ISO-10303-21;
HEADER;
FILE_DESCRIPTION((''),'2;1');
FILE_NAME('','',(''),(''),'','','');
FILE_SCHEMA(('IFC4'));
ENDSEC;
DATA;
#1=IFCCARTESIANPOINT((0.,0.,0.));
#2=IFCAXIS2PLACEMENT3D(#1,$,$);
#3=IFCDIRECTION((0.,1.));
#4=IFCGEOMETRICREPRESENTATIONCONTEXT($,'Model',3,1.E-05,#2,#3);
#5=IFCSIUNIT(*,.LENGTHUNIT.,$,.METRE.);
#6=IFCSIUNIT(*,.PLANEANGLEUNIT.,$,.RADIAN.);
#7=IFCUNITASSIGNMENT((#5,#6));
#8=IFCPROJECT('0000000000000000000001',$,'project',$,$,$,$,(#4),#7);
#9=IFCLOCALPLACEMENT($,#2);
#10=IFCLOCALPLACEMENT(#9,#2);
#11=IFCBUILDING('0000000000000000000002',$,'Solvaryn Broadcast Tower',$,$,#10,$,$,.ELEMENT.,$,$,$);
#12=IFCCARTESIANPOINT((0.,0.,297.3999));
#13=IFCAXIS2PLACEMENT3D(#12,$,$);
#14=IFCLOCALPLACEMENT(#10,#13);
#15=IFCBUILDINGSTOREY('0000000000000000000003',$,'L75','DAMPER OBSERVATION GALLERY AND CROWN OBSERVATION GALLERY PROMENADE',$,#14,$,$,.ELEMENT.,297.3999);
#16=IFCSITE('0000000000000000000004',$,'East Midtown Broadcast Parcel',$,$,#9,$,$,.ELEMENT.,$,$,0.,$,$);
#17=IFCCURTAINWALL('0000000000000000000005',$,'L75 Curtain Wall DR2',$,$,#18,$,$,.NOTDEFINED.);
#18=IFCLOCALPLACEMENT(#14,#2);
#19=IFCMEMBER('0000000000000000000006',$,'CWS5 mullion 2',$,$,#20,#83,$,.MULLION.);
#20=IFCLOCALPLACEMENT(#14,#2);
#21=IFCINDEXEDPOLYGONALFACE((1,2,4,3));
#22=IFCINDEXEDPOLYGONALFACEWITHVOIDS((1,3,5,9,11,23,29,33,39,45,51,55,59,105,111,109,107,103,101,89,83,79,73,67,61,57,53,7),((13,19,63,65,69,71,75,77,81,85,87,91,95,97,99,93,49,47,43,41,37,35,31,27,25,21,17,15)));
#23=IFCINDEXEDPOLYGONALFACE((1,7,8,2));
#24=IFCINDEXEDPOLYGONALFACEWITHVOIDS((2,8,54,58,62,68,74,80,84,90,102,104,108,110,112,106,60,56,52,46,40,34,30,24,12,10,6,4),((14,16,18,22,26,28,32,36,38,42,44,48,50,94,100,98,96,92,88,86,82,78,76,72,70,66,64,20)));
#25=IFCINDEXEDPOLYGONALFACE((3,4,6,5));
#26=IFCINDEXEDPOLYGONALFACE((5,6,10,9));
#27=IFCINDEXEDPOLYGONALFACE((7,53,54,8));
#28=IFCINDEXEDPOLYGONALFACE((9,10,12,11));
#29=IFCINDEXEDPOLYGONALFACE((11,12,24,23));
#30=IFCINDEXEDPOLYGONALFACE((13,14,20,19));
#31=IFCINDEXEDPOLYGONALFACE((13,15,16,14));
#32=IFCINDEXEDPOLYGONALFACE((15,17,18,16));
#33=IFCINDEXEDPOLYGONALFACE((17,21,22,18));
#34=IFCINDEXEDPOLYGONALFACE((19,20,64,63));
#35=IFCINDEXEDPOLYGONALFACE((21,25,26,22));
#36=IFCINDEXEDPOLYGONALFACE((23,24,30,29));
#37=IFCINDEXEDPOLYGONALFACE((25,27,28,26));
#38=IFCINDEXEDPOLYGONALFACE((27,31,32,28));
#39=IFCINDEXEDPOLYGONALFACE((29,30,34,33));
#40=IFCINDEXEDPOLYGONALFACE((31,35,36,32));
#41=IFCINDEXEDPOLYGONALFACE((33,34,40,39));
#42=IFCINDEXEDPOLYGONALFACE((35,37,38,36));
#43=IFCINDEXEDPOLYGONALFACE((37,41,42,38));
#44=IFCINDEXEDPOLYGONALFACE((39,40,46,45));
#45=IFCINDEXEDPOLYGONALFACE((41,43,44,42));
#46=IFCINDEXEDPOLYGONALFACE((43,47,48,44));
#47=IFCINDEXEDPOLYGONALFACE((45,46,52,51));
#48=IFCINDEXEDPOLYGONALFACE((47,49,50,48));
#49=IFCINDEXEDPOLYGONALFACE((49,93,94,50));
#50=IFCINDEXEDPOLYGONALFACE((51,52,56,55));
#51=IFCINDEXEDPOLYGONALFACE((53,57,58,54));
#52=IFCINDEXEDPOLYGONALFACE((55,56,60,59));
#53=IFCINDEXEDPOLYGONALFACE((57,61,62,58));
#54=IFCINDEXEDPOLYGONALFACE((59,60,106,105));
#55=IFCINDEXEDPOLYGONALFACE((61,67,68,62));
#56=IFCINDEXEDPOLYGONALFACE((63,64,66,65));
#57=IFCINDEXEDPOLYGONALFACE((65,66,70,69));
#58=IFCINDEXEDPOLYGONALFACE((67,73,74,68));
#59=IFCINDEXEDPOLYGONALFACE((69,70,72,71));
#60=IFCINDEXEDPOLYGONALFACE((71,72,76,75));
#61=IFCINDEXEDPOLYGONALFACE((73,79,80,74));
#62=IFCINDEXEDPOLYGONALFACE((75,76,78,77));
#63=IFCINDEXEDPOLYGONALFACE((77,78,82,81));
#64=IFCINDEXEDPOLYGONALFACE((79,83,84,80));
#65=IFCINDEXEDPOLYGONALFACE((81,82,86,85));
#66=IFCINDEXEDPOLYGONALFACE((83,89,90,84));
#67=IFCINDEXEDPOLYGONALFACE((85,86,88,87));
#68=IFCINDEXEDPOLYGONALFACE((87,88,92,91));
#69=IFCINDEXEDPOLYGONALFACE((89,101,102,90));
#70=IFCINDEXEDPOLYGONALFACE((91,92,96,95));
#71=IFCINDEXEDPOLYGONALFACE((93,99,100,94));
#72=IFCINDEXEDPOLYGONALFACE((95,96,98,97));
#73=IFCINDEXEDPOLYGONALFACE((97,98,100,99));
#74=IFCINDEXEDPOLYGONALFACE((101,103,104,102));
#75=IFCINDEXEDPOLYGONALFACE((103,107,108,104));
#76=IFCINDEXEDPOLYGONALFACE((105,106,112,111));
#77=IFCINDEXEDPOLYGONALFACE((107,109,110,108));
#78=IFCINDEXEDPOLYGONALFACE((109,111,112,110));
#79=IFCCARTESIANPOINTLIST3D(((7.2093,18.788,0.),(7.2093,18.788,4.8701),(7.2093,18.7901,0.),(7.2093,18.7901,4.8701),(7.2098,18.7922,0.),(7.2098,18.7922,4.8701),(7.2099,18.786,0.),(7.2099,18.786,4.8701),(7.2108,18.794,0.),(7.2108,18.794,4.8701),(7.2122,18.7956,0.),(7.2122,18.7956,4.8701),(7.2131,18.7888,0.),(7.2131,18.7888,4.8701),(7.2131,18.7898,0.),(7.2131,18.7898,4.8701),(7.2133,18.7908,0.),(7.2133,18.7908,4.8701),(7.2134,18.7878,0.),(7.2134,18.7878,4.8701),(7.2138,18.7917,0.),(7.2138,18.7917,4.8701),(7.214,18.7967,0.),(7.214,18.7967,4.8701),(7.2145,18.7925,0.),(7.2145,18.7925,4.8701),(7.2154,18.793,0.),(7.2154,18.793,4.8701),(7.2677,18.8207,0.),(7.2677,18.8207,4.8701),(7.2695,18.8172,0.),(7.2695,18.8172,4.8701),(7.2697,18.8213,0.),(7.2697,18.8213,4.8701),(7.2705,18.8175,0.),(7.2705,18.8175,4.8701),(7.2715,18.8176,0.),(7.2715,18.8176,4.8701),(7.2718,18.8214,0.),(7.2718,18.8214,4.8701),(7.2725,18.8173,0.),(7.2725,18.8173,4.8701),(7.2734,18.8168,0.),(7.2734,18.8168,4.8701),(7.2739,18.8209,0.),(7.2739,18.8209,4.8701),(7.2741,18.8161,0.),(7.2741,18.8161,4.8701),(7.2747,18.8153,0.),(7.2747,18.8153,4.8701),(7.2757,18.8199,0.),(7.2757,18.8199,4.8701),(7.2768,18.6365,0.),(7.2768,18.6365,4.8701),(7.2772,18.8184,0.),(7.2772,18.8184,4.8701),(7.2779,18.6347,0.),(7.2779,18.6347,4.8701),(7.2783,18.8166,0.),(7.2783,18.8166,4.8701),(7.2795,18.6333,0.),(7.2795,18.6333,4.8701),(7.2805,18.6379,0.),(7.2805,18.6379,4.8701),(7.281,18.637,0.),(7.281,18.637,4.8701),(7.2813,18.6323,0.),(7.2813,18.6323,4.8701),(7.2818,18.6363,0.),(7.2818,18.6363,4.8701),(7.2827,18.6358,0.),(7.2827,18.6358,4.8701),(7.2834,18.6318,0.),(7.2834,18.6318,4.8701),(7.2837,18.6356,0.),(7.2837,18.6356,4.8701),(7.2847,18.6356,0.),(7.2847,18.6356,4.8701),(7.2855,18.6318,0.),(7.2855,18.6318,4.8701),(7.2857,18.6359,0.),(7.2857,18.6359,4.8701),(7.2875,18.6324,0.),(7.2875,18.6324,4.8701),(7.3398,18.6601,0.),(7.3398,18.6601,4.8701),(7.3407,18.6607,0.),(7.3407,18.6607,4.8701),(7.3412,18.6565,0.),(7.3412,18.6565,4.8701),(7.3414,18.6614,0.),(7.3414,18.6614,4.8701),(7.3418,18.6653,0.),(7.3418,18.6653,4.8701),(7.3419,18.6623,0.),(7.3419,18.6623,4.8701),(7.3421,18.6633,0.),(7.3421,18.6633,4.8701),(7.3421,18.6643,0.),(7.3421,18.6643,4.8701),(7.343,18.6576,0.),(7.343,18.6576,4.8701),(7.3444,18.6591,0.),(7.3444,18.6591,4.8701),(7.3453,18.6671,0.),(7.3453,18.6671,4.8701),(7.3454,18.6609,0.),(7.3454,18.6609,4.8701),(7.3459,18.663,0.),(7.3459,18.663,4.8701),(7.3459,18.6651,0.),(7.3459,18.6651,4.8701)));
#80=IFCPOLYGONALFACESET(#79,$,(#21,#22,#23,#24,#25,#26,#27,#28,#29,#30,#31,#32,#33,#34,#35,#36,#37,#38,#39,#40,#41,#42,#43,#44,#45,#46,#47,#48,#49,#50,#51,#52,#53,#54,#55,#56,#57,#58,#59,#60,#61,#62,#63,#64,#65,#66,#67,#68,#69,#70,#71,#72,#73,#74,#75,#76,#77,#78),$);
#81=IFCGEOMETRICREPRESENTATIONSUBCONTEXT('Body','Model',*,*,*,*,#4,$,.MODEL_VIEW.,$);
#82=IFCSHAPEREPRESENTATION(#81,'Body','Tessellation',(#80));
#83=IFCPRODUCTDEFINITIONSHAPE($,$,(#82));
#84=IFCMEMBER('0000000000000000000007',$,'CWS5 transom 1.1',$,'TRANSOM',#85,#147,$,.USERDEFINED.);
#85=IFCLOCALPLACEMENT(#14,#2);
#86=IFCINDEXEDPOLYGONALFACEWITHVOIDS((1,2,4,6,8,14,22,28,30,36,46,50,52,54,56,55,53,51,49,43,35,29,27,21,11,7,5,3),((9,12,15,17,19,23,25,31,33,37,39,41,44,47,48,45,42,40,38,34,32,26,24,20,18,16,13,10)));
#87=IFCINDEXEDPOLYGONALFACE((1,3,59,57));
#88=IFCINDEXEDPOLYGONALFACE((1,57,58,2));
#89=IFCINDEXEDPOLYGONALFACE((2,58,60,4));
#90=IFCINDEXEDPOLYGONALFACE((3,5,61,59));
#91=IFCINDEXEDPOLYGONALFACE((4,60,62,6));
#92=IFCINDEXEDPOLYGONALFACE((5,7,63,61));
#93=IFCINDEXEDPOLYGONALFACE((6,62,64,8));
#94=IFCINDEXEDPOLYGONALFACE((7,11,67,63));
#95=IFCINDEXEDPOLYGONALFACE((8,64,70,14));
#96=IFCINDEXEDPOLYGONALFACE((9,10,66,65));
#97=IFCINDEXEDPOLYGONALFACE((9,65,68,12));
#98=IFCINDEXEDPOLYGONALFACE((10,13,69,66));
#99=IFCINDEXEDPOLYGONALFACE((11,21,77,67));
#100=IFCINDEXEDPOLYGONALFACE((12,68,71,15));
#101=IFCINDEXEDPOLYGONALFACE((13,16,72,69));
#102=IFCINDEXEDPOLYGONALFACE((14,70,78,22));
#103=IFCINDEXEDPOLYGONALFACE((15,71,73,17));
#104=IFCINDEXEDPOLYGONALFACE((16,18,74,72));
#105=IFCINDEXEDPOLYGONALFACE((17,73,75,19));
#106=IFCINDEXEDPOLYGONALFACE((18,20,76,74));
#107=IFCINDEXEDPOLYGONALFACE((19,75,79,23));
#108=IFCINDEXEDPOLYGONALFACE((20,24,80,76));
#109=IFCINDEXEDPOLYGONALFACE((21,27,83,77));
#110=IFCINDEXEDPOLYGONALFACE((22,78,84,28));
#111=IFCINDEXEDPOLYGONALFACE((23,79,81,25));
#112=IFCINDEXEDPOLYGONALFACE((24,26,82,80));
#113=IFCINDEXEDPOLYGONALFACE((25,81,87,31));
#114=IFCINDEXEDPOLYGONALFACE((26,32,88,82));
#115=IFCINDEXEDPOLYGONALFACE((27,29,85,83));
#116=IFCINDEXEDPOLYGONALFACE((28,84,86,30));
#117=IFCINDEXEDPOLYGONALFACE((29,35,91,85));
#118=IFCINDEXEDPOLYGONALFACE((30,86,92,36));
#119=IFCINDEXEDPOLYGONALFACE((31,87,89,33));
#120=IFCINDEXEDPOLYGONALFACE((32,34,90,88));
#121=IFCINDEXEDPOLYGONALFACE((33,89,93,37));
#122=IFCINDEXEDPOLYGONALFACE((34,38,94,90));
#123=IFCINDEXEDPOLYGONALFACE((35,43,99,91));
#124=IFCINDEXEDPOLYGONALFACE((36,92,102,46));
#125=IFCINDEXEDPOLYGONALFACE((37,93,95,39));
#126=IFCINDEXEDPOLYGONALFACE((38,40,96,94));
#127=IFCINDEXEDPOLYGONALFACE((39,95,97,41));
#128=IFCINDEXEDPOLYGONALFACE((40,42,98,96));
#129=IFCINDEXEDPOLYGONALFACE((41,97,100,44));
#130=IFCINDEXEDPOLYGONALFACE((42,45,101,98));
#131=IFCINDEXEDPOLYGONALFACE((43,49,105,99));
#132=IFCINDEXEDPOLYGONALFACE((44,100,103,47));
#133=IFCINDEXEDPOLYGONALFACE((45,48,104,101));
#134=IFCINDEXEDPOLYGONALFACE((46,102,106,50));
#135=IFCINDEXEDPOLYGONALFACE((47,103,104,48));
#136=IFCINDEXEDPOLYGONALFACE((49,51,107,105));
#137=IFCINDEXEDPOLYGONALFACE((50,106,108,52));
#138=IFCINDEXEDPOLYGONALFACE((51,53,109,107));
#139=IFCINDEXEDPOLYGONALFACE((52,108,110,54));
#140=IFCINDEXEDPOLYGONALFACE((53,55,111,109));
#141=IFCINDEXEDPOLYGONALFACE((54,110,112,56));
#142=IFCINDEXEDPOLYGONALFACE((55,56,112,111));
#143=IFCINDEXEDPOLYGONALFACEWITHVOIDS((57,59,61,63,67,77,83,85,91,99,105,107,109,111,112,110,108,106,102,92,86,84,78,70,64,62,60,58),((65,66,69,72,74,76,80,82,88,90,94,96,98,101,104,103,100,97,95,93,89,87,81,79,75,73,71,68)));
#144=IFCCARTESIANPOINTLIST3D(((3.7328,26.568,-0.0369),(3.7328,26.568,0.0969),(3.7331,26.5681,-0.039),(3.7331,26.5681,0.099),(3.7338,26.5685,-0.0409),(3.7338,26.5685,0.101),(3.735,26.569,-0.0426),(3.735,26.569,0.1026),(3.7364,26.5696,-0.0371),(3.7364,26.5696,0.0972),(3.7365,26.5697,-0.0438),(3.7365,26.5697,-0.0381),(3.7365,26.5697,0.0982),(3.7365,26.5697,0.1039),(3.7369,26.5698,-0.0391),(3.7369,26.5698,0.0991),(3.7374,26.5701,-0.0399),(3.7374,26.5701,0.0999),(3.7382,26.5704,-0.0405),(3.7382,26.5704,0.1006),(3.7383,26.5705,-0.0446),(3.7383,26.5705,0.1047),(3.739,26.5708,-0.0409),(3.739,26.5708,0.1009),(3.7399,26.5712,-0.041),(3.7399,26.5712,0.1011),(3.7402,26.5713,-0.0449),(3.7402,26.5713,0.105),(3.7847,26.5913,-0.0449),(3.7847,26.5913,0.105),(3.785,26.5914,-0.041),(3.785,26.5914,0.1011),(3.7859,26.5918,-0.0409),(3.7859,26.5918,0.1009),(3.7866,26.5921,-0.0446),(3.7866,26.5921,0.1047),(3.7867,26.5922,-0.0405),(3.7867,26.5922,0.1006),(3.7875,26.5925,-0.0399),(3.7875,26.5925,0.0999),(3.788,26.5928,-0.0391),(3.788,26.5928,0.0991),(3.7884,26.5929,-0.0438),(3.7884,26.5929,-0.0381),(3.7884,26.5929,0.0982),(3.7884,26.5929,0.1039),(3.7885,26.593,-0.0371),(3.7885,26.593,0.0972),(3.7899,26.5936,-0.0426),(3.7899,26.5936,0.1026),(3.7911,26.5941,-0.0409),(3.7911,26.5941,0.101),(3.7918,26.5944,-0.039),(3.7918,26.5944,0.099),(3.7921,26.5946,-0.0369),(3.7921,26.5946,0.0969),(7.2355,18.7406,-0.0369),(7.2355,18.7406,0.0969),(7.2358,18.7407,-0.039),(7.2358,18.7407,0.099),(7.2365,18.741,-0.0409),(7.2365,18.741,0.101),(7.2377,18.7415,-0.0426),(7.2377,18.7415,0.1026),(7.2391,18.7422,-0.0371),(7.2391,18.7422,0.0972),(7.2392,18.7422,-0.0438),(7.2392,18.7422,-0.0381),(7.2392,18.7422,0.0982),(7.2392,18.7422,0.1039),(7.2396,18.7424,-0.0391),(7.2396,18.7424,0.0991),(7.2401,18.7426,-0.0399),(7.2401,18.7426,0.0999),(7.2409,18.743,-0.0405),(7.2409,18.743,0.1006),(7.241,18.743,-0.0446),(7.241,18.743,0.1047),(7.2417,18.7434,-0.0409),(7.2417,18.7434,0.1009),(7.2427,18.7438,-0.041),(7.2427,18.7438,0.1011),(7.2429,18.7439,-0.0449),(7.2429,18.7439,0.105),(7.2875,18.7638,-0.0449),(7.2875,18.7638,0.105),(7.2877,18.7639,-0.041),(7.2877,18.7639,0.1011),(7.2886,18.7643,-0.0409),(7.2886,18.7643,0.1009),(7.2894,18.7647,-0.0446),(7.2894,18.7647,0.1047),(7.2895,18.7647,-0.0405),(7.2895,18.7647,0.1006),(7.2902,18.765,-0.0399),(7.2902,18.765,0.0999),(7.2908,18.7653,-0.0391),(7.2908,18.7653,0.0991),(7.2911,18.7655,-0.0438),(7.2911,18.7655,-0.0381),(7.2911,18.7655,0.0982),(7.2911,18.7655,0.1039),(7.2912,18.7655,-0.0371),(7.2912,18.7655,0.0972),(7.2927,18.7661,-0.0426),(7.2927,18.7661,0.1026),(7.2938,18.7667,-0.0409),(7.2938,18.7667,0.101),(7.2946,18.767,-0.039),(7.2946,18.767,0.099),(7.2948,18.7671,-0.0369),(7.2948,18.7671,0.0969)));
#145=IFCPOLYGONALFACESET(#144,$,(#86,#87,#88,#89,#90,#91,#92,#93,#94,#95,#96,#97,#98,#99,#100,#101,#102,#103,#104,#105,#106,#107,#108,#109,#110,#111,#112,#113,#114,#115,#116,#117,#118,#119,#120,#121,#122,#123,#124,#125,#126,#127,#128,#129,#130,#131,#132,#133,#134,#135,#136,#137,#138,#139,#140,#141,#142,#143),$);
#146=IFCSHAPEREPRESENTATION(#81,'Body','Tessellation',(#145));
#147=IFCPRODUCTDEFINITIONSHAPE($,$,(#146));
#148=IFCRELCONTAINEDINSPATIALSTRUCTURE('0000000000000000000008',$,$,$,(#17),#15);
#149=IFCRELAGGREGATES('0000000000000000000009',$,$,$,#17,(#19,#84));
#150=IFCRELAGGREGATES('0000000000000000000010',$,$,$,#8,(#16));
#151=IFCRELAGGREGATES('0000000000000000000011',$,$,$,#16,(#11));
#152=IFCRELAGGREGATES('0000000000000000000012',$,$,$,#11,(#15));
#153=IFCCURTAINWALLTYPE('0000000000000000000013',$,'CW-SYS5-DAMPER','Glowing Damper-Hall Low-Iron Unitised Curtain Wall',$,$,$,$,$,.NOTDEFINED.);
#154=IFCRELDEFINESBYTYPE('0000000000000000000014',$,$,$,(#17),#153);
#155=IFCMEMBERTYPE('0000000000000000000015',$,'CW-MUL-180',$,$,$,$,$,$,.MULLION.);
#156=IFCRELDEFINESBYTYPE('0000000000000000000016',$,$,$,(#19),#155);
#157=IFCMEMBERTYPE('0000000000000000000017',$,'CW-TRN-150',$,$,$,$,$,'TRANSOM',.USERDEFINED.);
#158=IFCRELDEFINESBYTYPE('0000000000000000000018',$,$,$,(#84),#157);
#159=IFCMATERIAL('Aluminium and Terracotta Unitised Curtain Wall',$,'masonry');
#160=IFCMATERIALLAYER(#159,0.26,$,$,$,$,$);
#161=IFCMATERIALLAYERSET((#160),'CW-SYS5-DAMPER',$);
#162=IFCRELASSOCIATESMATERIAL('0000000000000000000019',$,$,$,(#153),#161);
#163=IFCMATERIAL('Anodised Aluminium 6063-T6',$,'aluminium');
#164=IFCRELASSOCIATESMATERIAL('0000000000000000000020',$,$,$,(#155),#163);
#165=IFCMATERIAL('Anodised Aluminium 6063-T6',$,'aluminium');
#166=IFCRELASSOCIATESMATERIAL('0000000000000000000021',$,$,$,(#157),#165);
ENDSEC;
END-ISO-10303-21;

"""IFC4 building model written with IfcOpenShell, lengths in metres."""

from ifc_helpers import new_model, si_unit, direction, frame, origin, origin_2d, place, context, subcontext, project, spatial, hollow_rectangle, extrude, material, layer, layer_set, material_profile, profile_set, type_object, element, aggregate, save


model = new_model("IFC4")

# Units and contexts
model_context = context("Model", 3, precision=1e-05, world=origin(), true_north=direction((0.0, 1.0)))
body_context = subcontext(model_context, "Body", "Model", "MODEL_VIEW")
ifc_project = project(units=[si_unit("LENGTHUNIT", "METRE"), si_unit("PLANEANGLEUNIT", "RADIAN")], contexts=[model_context])

# Site, building, storey
site_placement = place(None, origin())
site = spatial("IfcSite", under=ifc_project, at=site_placement, Name="East Midtown Broadcast Parcel", CompositionType="ELEMENT", RefElevation=0.0)
building_placement = place(site_placement, origin())
building = spatial("IfcBuilding", under=site, at=building_placement, Name="Solvaryn Broadcast Tower", CompositionType="ELEMENT")
storey_placement = place(building_placement, frame((0.0, 0.0, 297.3999)))
storey = spatial("IfcBuildingStorey", under=building, at=storey_placement, Name="L75", Description="DAMPER OBSERVATION GALLERY AND CROWN OBSERVATION GALLERY PROMENADE", CompositionType="ELEMENT", Elevation=297.3999)

# Shared definitions
ifc_material_1 = material(Name="Aluminium and Terracotta Unitised Curtain Wall", Category="masonry")
ifc_layer_1 = layer(ifc_material_1, 0.26)
ifc_layer_set_1 = layer_set([ifc_layer_1], Name="CW-SYS5-DAMPER")
curtain_wall_type = type_object("IfcCurtainWallType", Name="CW-SYS5-DAMPER", Description="Glowing Damper-Hall Low-Iron Unitised Curtain Wall", PredefinedType="NOTDEFINED", material=ifc_layer_set_1)
ifc_material_2 = material(Name="Anodised Aluminium 6063-T6", Category="aluminium")
ifc_material_profile_1 = material_profile(ifc_material_2, hollow_rectangle(XDim=0.075, YDim=0.1799, WallThickness=0.0039, InnerFilletRadius=0.0039, OuterFilletRadius=0.0081, at=origin_2d()))
ifc_profile_set_1 = profile_set([ifc_material_profile_1], Name="Anodised Aluminium 6063-T6")
member_type_1 = type_object("IfcMemberType", Name="CW-MUL-180", PredefinedType="MULLION", material=ifc_profile_set_1)

# Curtain wall, members
curtain_wall_1_placement = place(storey_placement, origin())
curtain_wall_1 = element("IfcCurtainWall", 1, at=curtain_wall_1_placement, inside=storey, type_object=curtain_wall_type, Name="L75 Curtain Wall DR2", PredefinedType="NOTDEFINED")
member_1_placement = place(storey_placement, frame((7.2776, 18.7266, 0.0), z_axis=(0.0, 0.0, 1.0), x_axis=(0.912774, 0.408466, 0.0)))
member_1 = element("IfcMember", 2, at=member_1_placement, type_object=member_type_1, Name="CWS5 mullion 2", PredefinedType="MULLION", context=body_context, shape_type="SweptSolid", body=[
    extrude(hollow_rectangle(XDim=0.075, YDim=0.1799, WallThickness=0.0039, InnerFilletRadius=0.0039, OuterFilletRadius=0.0081, at=origin_2d()), origin(), (0.0, 0.0, 1.0), 4.8701),
])
ifc_material_3 = material(Name="Anodised Aluminium 6063-T6", Category="aluminium")
ifc_material_profile_2 = material_profile(ifc_material_3, hollow_rectangle(XDim=0.0649, YDim=0.1499, WallThickness=0.0039, InnerFilletRadius=0.0039, OuterFilletRadius=0.0081, at=origin_2d()))
ifc_profile_set_2 = profile_set([ifc_material_profile_2], Name="Anodised Aluminium 6063-T6")
member_type_2 = type_object("IfcMemberType", Name="CW-TRN-150", ElementType="TRANSOM", PredefinedType="USERDEFINED", material=ifc_profile_set_2)
member_2_placement = place(storey_placement, frame((3.7625, 26.5813, 0.03), z_axis=(0.408459, -0.912777, 0.0), x_axis=(0.912777, 0.408459, 0.0)))
member_2 = element("IfcMember", 3, at=member_2_placement, type_object=member_type_2, Name="CWS5 transom 1.1", ObjectType="TRANSOM", PredefinedType="USERDEFINED", context=body_context, shape_type="SweptSolid", body=[
    extrude(hollow_rectangle(XDim=0.0649, YDim=0.1499, WallThickness=0.0039, InnerFilletRadius=0.0039, OuterFilletRadius=0.0081, at=origin_2d()), origin(), (0.0, 0.0, 1.0), 8.5754),
])

aggregate(curtain_wall_1, [member_1, member_2])

save(model, "model.ifc")
